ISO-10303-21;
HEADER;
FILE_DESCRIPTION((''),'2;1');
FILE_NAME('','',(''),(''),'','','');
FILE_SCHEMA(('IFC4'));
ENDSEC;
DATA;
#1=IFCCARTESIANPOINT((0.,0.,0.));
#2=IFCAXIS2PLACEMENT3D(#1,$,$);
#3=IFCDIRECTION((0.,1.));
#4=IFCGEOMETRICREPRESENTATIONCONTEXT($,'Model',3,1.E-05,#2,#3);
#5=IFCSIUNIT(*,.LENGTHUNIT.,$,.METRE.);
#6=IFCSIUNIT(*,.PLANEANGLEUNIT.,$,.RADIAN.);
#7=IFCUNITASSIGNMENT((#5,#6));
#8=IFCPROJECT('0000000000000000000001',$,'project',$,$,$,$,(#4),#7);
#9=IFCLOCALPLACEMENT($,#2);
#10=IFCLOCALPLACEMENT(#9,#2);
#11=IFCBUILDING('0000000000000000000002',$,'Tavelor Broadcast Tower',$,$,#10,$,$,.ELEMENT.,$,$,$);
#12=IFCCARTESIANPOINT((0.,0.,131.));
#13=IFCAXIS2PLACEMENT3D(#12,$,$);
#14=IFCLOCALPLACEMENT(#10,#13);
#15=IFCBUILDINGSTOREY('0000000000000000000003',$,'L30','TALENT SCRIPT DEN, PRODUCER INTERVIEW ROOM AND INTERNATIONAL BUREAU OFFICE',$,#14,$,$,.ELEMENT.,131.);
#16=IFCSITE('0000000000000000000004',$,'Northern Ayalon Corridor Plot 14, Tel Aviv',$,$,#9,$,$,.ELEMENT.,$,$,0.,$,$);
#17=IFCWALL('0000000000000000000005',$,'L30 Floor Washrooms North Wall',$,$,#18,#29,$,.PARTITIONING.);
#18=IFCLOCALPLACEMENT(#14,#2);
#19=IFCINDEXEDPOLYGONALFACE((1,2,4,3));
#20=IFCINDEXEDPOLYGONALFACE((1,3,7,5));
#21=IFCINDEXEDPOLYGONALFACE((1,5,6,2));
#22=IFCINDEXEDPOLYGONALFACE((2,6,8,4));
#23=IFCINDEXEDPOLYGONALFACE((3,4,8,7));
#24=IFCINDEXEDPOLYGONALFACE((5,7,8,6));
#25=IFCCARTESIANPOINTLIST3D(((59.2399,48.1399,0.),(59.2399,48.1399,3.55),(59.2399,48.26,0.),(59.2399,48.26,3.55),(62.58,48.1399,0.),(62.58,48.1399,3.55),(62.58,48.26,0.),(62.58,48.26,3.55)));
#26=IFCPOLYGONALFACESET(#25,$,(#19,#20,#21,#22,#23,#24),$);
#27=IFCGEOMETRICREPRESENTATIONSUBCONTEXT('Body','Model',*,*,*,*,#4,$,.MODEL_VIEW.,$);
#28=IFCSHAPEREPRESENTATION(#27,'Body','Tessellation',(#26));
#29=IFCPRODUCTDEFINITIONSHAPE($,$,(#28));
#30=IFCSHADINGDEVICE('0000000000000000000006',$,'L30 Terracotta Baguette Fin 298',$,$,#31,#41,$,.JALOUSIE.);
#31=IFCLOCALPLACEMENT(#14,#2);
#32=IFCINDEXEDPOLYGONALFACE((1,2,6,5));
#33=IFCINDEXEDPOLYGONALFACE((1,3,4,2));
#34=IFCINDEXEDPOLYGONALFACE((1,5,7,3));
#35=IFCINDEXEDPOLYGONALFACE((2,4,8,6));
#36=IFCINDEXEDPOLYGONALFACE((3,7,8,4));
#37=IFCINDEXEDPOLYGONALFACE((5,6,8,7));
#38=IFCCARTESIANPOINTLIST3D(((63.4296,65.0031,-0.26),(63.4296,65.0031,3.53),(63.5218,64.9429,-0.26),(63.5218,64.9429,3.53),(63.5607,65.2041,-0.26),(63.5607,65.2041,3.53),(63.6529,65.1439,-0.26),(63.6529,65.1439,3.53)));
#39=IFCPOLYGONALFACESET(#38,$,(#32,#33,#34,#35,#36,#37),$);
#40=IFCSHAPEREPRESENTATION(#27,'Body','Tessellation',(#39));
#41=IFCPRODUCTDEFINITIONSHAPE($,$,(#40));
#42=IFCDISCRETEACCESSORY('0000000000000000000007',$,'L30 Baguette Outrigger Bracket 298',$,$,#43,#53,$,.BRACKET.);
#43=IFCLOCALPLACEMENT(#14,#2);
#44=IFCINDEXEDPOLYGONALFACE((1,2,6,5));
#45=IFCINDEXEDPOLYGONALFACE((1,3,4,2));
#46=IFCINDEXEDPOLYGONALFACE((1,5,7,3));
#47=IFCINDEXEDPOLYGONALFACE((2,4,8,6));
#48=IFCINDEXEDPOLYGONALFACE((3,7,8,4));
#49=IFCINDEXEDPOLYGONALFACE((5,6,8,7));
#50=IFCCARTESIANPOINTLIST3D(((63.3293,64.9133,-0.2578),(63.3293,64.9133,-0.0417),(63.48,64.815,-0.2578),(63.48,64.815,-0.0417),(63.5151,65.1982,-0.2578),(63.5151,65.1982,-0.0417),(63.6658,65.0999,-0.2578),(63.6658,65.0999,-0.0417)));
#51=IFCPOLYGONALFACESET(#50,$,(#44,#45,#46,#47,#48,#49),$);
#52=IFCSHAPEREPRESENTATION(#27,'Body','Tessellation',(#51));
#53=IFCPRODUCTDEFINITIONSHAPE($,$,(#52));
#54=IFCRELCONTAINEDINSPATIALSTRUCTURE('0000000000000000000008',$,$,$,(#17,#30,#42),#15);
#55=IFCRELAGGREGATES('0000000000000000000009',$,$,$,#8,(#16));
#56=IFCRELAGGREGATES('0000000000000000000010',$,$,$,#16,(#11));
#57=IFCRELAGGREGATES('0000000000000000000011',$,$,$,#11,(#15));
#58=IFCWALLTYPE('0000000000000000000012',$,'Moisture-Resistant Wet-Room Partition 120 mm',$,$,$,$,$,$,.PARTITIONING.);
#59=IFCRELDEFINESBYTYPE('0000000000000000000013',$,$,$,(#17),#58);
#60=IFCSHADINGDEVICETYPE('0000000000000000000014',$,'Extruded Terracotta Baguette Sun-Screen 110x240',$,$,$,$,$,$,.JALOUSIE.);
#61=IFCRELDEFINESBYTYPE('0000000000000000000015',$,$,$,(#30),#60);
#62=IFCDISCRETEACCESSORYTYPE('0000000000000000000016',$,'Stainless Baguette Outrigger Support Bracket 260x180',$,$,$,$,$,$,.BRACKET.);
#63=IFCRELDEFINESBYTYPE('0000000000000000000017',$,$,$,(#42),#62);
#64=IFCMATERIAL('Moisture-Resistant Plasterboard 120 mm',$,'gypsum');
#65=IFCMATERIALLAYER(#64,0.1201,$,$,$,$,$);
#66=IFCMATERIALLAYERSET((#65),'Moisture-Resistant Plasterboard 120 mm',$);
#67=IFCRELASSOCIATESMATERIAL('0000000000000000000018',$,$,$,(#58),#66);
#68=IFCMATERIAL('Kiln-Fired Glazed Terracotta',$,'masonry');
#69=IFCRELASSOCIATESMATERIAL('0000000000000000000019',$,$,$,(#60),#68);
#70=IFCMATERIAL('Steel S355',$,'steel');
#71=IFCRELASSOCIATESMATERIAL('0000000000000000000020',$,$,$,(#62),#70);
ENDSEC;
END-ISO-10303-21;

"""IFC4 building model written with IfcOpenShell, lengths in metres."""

from ifc_helpers import new_model, si_unit, direction, frame, frame_2d, origin, origin_2d, place, context, subcontext, project, spatial, rectangle, extrude, source, transform, mapped, material, layer, layer_set, type_object, type_shapes, element, save


model = new_model("IFC4")

# Units and contexts
model_context = context("Model", 3, precision=1e-05, world=origin(), true_north=direction((0.0, 1.0)))
body_context = subcontext(model_context, "Body", "Model", "MODEL_VIEW")
ifc_project = project(units=[si_unit("LENGTHUNIT", "METRE"), si_unit("PLANEANGLEUNIT", "RADIAN")], contexts=[model_context])

# Site, building, storey
site_placement = place(None, origin())
site = spatial("IfcSite", under=ifc_project, at=site_placement, Name="Northern Ayalon Corridor Plot 14, Tel Aviv", CompositionType="ELEMENT", RefElevation=0.0)
building_placement = place(site_placement, origin())
building = spatial("IfcBuilding", under=site, at=building_placement, Name="Tavelor Broadcast Tower", CompositionType="ELEMENT")
storey_placement = place(building_placement, frame((0.0, 0.0, 131.0)))
storey = spatial("IfcBuildingStorey", under=building, at=storey_placement, Name="L30", Description="TALENT SCRIPT DEN, PRODUCER INTERVIEW ROOM AND INTERNATIONAL BUREAU OFFICE", CompositionType="ELEMENT", Elevation=131.0)

# Shared definitions
ifc_material_1 = material(Name="Steel S355", Category="steel")

# Wall
ifc_material_2 = material(Name="Moisture-Resistant Plasterboard 120 mm", Category="gypsum")
ifc_layer_1 = layer(ifc_material_2, 0.1201)
ifc_layer_set_1 = layer_set([ifc_layer_1], Name="Moisture-Resistant Plasterboard 120 mm")
wall_type_1 = type_object("IfcWallType", Name="Moisture-Resistant Wet-Room Partition 120 mm", PredefinedType="PARTITIONING", material=ifc_layer_set_1)
for number, where, z_axis, x_axis, name in (
    (1, (59.24, 48.2, 0.0), (0.0, 0.0, 1.0), (1.0, 0.0, 0.0), "L30 Floor Washrooms North Wall"),
):
    element("IfcWall", number, at=place(storey_placement, frame(where, z_axis=z_axis, x_axis=x_axis)), inside=storey, type_object=wall_type_1, Name=name, PredefinedType="PARTITIONING", context=body_context, shape_type="SweptSolid", body=[
        extrude(rectangle(XDim=3.3401, YDim=0.1201, at=frame_2d((1.6699, 0.0))), origin(), (0.0, 0.0, 1.0), 3.55),
    ])

# Shading device
ifc_material_3 = material(Name="Kiln-Fired Glazed Terracotta", Category="masonry")
shading_device_type = type_object("IfcShadingDeviceType", Name="Extruded Terracotta Baguette Sun-Screen 110x240", PredefinedType="JALOUSIE", material=ifc_material_3)
shared_shape_1 = source(origin(), body_context, "Body", "SweptSolid", [
    extrude(rectangle(XDim=0.1101, YDim=0.24, at=origin_2d()), origin(), (0.0, 0.0, 1.0), 3.79),
])
type_shapes(shading_device_type, [shared_shape_1])
shading_device_placement = place(storey_placement, frame((63.5413, 65.0735, -0.26), z_axis=(0.0, 0.0, 1.0), x_axis=(-0.837528, 0.546394, 0.0)))
element("IfcShadingDevice", 2, at=shading_device_placement, inside=storey, type_object=shading_device_type, Name="L30 Terracotta Baguette Fin 298", PredefinedType="JALOUSIE", context=body_context, shape_type="MappedRepresentation", body=[
    mapped(shared_shape_1, transform((0.0, 0.0, 0.0), scale=1.0)),
])

# Discrete accessory
discrete_accessory_type = type_object("IfcDiscreteAccessoryType", Name="Stainless Baguette Outrigger Support Bracket 260x180", PredefinedType="BRACKET", material=ifc_material_1)
shared_shape_2 = source(origin(), body_context, "Body", "SweptSolid", [
    extrude(rectangle(XDim=0.1799, YDim=0.3401, at=origin_2d()), origin(), (0.0, 0.0, 1.0), 0.2161),
])
type_shapes(discrete_accessory_type, [shared_shape_2])
discrete_accessory_placement = place(storey_placement, frame((63.4976, 65.0066, -0.2578), z_axis=(0.0, 0.0, 1.0), x_axis=(-0.837528, 0.546394, 0.0)))
element("IfcDiscreteAccessory", 3, at=discrete_accessory_placement, inside=storey, type_object=discrete_accessory_type, Name="L30 Baguette Outrigger Bracket 298", PredefinedType="BRACKET", context=body_context, shape_type="MappedRepresentation", body=[
    mapped(shared_shape_2, transform((0.0, 0.0, 0.0), scale=1.0)),
])

save(model, "model.ifc")
